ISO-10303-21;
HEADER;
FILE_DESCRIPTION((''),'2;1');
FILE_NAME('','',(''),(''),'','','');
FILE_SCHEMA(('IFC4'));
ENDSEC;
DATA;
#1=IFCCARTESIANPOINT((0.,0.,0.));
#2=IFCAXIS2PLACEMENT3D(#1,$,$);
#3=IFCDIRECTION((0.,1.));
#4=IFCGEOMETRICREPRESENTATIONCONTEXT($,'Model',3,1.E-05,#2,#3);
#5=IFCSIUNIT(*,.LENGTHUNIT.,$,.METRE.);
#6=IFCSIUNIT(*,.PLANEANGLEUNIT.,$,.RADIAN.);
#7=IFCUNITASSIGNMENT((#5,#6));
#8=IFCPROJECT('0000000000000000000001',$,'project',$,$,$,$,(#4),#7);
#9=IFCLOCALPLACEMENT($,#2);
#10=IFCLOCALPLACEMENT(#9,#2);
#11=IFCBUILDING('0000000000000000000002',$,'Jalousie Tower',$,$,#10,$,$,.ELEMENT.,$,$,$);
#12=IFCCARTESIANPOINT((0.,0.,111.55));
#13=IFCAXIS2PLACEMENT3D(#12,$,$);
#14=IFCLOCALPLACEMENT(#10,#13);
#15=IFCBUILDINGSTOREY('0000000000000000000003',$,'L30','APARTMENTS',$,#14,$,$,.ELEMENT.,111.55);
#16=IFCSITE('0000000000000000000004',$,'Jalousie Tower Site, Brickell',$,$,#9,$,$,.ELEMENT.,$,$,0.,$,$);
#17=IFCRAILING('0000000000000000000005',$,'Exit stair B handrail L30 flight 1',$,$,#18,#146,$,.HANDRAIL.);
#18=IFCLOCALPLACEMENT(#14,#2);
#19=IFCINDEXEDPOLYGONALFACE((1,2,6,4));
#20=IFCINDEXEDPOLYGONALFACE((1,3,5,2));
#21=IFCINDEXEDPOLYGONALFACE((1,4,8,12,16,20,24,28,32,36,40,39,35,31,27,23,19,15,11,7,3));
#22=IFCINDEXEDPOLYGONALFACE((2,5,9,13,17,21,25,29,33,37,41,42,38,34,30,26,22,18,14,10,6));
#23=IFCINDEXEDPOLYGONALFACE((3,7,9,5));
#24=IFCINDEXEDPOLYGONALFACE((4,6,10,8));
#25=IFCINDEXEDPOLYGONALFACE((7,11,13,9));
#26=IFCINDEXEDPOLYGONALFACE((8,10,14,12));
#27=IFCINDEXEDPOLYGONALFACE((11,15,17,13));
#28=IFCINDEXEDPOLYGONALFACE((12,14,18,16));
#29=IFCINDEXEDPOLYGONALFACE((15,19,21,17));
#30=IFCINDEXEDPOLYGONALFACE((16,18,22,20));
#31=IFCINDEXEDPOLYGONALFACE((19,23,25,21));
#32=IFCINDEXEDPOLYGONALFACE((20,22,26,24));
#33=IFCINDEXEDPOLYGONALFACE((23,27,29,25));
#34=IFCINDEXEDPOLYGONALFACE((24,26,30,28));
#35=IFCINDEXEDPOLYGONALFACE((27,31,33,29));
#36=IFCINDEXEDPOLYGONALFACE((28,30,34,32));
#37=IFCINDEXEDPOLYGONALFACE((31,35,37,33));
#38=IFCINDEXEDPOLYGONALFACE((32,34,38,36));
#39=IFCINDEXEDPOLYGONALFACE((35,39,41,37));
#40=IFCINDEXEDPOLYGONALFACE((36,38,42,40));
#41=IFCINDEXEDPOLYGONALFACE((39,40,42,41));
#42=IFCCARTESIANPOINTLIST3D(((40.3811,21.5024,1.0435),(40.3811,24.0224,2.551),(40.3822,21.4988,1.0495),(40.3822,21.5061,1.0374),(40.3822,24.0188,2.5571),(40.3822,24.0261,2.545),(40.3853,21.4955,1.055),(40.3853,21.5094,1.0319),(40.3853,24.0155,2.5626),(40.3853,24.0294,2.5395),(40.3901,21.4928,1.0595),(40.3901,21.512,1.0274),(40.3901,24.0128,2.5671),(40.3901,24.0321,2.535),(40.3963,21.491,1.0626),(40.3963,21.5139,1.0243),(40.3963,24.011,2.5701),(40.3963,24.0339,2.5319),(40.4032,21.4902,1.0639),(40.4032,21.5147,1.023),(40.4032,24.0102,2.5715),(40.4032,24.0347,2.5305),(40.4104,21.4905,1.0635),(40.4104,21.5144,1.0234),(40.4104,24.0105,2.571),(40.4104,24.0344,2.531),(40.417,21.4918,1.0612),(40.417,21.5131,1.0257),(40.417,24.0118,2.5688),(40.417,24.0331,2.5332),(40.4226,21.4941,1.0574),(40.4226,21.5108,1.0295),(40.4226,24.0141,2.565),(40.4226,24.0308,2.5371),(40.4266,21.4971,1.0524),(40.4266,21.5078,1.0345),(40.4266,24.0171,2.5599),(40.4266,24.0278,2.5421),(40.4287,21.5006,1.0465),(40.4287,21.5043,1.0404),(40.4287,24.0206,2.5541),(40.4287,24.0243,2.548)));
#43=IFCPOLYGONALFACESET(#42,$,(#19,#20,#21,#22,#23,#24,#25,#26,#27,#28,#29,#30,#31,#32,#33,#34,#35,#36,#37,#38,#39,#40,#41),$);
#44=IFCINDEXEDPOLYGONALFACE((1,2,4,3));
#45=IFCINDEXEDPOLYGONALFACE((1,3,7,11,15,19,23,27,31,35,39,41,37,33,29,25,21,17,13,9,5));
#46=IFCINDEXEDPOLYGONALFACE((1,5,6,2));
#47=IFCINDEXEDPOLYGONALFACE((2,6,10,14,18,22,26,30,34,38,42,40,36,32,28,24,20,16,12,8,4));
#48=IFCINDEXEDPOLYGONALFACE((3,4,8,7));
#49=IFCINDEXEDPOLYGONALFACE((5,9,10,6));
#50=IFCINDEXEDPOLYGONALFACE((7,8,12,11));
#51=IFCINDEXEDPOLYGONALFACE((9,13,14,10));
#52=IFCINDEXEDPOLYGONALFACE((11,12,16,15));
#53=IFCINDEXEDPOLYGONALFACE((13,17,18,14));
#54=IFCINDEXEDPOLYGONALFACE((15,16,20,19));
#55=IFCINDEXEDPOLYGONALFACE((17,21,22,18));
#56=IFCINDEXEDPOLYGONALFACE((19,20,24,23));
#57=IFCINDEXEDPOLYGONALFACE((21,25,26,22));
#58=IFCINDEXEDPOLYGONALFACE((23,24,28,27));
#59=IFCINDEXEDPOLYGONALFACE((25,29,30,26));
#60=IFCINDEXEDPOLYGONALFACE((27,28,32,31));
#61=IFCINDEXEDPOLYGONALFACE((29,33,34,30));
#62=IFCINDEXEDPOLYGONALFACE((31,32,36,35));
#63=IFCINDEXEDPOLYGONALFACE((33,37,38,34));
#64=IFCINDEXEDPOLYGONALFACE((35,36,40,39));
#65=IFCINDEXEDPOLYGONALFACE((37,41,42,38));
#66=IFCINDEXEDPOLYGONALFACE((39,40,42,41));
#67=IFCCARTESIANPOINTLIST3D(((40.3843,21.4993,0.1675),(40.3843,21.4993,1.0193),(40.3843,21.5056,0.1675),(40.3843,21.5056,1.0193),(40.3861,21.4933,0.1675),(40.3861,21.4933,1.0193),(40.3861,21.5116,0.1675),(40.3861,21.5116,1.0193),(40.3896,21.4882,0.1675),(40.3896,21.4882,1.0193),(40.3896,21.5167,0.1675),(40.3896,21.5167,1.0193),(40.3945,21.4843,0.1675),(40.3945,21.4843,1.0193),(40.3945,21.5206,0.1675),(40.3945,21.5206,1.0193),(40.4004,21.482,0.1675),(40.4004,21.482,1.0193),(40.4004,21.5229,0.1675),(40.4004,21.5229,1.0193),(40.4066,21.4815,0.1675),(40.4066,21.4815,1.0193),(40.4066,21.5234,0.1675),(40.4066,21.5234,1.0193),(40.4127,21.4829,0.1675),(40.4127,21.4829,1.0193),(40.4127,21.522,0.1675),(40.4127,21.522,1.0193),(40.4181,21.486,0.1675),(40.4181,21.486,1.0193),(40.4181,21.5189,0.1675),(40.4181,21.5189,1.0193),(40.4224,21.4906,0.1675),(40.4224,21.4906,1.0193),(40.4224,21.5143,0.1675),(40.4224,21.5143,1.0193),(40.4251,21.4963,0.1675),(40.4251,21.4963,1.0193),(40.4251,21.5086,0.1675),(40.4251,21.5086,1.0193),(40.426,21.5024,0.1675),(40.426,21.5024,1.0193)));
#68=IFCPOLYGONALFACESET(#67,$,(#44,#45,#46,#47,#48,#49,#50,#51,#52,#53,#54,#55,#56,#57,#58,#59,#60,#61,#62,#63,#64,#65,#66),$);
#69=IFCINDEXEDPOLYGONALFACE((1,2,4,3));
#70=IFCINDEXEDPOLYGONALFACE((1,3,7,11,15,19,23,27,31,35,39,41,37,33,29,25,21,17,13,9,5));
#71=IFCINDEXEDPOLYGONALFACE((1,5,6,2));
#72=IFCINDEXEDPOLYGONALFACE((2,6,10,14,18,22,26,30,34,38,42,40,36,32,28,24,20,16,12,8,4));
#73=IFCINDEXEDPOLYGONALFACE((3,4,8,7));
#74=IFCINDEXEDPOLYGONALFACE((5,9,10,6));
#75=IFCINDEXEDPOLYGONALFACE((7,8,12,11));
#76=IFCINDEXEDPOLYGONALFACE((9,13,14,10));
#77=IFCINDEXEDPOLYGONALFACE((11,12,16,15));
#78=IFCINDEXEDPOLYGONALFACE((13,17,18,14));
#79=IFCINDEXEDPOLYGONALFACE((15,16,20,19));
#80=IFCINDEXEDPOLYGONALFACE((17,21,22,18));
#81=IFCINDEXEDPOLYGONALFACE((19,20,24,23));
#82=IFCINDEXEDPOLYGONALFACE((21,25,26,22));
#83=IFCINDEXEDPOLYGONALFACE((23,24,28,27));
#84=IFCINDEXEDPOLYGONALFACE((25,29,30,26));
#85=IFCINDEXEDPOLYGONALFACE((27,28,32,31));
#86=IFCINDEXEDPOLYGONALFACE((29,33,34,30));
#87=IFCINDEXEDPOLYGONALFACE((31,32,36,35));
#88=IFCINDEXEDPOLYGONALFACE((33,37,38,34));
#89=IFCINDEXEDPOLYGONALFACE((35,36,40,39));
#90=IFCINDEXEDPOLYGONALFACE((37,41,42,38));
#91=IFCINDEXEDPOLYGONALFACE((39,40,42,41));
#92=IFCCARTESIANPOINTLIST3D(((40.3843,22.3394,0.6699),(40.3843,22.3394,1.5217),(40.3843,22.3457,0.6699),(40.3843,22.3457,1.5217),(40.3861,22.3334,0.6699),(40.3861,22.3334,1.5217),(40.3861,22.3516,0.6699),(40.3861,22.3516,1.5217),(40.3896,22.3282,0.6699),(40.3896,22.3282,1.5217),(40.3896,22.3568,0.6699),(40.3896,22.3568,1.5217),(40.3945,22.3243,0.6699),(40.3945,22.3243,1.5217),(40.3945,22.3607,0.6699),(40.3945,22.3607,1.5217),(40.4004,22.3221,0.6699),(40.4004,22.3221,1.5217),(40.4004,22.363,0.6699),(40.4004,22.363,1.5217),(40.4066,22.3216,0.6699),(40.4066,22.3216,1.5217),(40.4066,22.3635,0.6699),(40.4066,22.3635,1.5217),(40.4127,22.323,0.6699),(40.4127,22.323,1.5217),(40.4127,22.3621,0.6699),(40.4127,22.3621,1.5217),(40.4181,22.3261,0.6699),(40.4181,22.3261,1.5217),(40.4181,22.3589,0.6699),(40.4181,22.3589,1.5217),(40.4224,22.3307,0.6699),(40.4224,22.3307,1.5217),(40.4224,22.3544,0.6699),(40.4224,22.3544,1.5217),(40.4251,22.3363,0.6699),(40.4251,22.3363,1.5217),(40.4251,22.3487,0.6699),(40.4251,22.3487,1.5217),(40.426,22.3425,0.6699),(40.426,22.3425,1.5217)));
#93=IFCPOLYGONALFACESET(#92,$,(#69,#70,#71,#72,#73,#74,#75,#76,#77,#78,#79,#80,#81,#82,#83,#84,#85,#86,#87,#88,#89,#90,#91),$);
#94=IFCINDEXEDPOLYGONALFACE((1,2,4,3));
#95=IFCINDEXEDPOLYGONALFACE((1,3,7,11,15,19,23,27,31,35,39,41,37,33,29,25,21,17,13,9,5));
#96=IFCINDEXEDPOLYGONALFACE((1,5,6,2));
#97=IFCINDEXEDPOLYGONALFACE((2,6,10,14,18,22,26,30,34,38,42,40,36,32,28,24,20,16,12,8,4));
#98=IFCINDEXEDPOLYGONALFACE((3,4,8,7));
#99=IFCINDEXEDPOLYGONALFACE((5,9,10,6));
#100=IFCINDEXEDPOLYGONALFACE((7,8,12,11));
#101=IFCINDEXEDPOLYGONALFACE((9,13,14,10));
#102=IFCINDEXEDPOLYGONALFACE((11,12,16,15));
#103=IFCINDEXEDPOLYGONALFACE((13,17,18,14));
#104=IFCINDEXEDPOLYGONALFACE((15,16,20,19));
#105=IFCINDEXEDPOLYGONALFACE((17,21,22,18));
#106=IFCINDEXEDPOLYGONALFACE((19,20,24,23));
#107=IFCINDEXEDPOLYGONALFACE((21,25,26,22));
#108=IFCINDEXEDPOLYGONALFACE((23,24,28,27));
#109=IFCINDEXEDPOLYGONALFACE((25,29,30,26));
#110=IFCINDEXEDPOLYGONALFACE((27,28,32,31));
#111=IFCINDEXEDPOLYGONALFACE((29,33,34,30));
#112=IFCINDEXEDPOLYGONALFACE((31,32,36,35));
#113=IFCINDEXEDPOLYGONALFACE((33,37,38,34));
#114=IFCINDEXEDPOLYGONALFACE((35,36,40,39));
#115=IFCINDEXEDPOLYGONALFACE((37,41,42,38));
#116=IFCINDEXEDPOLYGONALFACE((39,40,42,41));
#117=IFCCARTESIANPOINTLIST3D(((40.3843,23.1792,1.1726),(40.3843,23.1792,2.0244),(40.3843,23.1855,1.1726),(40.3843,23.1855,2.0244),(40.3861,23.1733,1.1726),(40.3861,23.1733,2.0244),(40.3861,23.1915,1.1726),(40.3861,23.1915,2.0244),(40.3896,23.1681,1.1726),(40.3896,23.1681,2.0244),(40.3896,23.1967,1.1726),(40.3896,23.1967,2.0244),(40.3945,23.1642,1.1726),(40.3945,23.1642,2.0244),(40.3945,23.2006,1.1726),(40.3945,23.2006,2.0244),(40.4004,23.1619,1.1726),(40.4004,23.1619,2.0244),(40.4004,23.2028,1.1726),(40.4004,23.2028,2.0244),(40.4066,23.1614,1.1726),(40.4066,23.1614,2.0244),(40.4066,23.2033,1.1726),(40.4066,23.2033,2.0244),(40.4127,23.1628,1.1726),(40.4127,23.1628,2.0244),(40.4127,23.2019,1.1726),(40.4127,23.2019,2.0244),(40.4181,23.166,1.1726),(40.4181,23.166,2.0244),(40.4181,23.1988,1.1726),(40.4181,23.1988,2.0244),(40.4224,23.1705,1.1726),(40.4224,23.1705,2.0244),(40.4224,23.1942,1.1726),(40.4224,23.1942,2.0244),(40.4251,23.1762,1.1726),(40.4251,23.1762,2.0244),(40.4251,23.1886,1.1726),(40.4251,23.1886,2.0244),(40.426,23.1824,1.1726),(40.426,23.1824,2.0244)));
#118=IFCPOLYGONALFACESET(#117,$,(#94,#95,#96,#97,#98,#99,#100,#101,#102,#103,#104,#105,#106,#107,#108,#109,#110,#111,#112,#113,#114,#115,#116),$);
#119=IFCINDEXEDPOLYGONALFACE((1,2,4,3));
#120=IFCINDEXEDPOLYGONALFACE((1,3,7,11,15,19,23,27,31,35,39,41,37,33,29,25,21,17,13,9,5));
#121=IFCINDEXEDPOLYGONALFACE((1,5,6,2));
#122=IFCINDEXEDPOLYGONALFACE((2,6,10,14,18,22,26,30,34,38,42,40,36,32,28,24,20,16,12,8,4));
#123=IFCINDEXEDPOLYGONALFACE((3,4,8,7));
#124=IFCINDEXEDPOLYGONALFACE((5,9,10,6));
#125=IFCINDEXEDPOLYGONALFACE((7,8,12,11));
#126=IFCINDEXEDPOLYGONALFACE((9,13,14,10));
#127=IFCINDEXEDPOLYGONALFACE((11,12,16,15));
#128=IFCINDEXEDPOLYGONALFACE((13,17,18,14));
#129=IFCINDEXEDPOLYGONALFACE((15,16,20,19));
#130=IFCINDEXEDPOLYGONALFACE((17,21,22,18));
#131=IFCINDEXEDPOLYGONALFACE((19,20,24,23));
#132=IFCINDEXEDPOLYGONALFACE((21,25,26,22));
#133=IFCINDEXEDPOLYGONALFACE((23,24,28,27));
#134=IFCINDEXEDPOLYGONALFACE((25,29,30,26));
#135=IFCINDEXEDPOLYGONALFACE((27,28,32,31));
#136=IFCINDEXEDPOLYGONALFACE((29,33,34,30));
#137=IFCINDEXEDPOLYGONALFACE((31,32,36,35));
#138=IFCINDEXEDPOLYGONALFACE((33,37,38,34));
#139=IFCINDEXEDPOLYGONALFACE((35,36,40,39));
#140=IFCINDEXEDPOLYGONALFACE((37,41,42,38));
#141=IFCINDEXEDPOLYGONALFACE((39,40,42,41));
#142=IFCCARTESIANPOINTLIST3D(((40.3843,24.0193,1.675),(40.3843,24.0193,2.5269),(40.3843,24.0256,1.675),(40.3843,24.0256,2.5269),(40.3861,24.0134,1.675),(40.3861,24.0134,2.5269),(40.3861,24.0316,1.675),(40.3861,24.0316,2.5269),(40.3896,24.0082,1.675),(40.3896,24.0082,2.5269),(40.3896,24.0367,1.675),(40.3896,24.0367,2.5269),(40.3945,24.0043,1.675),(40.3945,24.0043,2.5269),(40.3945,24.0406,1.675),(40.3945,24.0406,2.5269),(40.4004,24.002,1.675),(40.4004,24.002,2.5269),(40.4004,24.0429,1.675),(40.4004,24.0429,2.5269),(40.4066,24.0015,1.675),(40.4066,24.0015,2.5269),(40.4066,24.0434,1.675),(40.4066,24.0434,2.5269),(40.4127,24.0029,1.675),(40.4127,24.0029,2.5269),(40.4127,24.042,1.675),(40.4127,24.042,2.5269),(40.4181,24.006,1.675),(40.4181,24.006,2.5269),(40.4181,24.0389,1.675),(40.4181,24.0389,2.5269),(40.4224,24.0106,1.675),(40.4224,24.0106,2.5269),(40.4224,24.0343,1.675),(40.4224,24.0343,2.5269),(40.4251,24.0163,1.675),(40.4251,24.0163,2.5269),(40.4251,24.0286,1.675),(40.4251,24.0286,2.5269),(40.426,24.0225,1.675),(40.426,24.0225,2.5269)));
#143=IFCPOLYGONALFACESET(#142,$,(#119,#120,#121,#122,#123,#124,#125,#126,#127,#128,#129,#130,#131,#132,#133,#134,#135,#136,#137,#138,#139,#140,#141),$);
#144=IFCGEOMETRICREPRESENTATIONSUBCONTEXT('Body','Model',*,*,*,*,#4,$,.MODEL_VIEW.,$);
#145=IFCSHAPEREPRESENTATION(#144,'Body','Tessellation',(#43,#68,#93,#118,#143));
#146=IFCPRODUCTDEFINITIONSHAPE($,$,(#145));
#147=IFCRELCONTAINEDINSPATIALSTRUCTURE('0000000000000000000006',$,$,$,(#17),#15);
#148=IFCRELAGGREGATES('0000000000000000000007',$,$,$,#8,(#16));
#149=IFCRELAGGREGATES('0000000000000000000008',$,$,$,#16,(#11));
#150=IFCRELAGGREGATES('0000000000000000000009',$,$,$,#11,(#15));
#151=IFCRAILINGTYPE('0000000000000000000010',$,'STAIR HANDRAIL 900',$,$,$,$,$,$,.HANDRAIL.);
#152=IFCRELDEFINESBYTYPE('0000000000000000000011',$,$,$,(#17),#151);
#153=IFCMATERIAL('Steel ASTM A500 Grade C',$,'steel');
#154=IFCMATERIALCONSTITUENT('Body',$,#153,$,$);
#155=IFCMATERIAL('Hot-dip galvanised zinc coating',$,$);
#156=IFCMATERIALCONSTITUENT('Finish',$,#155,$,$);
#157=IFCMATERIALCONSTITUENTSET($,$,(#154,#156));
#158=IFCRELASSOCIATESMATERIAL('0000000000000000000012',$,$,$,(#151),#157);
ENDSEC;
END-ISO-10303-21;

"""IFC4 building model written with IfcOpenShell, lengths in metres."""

from ifc_helpers import new_model, si_unit, direction, frame, origin, origin_2d, place, context, subcontext, project, spatial, circle, extrude, material, constituent, constituent_set, type_object, element, save


model = new_model("IFC4")

# Units and contexts
model_context = context("Model", 3, precision=1e-05, world=origin(), true_north=direction((0.0, 1.0)))
body_context = subcontext(model_context, "Body", "Model", "MODEL_VIEW")
ifc_project = project(units=[si_unit("LENGTHUNIT", "METRE"), si_unit("PLANEANGLEUNIT", "RADIAN")], contexts=[model_context])

# Site, building, storey
site_placement = place(None, origin())
site = spatial("IfcSite", under=ifc_project, at=site_placement, Name="Jalousie Tower Site, Brickell", CompositionType="ELEMENT", RefElevation=0.0)
building_placement = place(site_placement, origin())
building = spatial("IfcBuilding", under=site, at=building_placement, Name="Jalousie Tower", CompositionType="ELEMENT")
storey_placement = place(building_placement, frame((0.0, 0.0, 111.55)))
storey = spatial("IfcBuildingStorey", under=building, at=storey_placement, Name="L30", Description="APARTMENTS", CompositionType="ELEMENT", Elevation=111.55)

# Railing
ifc_material_1 = material(Name="Steel ASTM A500 Grade C", Category="steel")
ifc_constituent_1 = constituent(ifc_material_1, Name="Body")
ifc_material_2 = material(Name="Hot-dip galvanised zinc coating")
ifc_constituent_2 = constituent(ifc_material_2, Name="Finish")
ifc_constituent_set_1 = constituent_set(constituents=[ifc_constituent_1, ifc_constituent_2])
railing_type = type_object("IfcRailingType", Name="STAIR HANDRAIL 900", PredefinedType="HANDRAIL", material=ifc_constituent_set_1)
railing_placement = place(storey_placement, frame((40.405, 21.5024, 0.1675)))
element("IfcRailing", 1, at=railing_placement, inside=storey, type_object=railing_type, Name="Exit stair B handrail L30 flight 1", PredefinedType="HANDRAIL", context=body_context, shape_type="SweptSolid", body=[
    extrude(circle(Radius=0.0239, at=origin_2d()), frame((0.0, 0.0, 0.876), z_axis=(0.0, 0.85816, 0.513383), x_axis=(-1.0, 0.0, 0.0)), (0.0, 0.0, 1.0), 2.9365),
    extrude(circle(Radius=0.021, at=origin_2d()), origin(), (0.0, 0.0, 1.0), 0.8518),
    extrude(circle(Radius=0.021, at=origin_2d()), frame((0.0, 0.8401, 0.5024)), (0.0, 0.0, 1.0), 0.8518),
    extrude(circle(Radius=0.021, at=origin_2d()), frame((0.0, 1.6799, 1.0051)), (0.0, 0.0, 1.0), 0.8518),
    extrude(circle(Radius=0.021, at=origin_2d()), frame((0.0, 2.52, 1.5076)), (0.0, 0.0, 1.0), 0.8518),
])

save(model, "model.ifc")
